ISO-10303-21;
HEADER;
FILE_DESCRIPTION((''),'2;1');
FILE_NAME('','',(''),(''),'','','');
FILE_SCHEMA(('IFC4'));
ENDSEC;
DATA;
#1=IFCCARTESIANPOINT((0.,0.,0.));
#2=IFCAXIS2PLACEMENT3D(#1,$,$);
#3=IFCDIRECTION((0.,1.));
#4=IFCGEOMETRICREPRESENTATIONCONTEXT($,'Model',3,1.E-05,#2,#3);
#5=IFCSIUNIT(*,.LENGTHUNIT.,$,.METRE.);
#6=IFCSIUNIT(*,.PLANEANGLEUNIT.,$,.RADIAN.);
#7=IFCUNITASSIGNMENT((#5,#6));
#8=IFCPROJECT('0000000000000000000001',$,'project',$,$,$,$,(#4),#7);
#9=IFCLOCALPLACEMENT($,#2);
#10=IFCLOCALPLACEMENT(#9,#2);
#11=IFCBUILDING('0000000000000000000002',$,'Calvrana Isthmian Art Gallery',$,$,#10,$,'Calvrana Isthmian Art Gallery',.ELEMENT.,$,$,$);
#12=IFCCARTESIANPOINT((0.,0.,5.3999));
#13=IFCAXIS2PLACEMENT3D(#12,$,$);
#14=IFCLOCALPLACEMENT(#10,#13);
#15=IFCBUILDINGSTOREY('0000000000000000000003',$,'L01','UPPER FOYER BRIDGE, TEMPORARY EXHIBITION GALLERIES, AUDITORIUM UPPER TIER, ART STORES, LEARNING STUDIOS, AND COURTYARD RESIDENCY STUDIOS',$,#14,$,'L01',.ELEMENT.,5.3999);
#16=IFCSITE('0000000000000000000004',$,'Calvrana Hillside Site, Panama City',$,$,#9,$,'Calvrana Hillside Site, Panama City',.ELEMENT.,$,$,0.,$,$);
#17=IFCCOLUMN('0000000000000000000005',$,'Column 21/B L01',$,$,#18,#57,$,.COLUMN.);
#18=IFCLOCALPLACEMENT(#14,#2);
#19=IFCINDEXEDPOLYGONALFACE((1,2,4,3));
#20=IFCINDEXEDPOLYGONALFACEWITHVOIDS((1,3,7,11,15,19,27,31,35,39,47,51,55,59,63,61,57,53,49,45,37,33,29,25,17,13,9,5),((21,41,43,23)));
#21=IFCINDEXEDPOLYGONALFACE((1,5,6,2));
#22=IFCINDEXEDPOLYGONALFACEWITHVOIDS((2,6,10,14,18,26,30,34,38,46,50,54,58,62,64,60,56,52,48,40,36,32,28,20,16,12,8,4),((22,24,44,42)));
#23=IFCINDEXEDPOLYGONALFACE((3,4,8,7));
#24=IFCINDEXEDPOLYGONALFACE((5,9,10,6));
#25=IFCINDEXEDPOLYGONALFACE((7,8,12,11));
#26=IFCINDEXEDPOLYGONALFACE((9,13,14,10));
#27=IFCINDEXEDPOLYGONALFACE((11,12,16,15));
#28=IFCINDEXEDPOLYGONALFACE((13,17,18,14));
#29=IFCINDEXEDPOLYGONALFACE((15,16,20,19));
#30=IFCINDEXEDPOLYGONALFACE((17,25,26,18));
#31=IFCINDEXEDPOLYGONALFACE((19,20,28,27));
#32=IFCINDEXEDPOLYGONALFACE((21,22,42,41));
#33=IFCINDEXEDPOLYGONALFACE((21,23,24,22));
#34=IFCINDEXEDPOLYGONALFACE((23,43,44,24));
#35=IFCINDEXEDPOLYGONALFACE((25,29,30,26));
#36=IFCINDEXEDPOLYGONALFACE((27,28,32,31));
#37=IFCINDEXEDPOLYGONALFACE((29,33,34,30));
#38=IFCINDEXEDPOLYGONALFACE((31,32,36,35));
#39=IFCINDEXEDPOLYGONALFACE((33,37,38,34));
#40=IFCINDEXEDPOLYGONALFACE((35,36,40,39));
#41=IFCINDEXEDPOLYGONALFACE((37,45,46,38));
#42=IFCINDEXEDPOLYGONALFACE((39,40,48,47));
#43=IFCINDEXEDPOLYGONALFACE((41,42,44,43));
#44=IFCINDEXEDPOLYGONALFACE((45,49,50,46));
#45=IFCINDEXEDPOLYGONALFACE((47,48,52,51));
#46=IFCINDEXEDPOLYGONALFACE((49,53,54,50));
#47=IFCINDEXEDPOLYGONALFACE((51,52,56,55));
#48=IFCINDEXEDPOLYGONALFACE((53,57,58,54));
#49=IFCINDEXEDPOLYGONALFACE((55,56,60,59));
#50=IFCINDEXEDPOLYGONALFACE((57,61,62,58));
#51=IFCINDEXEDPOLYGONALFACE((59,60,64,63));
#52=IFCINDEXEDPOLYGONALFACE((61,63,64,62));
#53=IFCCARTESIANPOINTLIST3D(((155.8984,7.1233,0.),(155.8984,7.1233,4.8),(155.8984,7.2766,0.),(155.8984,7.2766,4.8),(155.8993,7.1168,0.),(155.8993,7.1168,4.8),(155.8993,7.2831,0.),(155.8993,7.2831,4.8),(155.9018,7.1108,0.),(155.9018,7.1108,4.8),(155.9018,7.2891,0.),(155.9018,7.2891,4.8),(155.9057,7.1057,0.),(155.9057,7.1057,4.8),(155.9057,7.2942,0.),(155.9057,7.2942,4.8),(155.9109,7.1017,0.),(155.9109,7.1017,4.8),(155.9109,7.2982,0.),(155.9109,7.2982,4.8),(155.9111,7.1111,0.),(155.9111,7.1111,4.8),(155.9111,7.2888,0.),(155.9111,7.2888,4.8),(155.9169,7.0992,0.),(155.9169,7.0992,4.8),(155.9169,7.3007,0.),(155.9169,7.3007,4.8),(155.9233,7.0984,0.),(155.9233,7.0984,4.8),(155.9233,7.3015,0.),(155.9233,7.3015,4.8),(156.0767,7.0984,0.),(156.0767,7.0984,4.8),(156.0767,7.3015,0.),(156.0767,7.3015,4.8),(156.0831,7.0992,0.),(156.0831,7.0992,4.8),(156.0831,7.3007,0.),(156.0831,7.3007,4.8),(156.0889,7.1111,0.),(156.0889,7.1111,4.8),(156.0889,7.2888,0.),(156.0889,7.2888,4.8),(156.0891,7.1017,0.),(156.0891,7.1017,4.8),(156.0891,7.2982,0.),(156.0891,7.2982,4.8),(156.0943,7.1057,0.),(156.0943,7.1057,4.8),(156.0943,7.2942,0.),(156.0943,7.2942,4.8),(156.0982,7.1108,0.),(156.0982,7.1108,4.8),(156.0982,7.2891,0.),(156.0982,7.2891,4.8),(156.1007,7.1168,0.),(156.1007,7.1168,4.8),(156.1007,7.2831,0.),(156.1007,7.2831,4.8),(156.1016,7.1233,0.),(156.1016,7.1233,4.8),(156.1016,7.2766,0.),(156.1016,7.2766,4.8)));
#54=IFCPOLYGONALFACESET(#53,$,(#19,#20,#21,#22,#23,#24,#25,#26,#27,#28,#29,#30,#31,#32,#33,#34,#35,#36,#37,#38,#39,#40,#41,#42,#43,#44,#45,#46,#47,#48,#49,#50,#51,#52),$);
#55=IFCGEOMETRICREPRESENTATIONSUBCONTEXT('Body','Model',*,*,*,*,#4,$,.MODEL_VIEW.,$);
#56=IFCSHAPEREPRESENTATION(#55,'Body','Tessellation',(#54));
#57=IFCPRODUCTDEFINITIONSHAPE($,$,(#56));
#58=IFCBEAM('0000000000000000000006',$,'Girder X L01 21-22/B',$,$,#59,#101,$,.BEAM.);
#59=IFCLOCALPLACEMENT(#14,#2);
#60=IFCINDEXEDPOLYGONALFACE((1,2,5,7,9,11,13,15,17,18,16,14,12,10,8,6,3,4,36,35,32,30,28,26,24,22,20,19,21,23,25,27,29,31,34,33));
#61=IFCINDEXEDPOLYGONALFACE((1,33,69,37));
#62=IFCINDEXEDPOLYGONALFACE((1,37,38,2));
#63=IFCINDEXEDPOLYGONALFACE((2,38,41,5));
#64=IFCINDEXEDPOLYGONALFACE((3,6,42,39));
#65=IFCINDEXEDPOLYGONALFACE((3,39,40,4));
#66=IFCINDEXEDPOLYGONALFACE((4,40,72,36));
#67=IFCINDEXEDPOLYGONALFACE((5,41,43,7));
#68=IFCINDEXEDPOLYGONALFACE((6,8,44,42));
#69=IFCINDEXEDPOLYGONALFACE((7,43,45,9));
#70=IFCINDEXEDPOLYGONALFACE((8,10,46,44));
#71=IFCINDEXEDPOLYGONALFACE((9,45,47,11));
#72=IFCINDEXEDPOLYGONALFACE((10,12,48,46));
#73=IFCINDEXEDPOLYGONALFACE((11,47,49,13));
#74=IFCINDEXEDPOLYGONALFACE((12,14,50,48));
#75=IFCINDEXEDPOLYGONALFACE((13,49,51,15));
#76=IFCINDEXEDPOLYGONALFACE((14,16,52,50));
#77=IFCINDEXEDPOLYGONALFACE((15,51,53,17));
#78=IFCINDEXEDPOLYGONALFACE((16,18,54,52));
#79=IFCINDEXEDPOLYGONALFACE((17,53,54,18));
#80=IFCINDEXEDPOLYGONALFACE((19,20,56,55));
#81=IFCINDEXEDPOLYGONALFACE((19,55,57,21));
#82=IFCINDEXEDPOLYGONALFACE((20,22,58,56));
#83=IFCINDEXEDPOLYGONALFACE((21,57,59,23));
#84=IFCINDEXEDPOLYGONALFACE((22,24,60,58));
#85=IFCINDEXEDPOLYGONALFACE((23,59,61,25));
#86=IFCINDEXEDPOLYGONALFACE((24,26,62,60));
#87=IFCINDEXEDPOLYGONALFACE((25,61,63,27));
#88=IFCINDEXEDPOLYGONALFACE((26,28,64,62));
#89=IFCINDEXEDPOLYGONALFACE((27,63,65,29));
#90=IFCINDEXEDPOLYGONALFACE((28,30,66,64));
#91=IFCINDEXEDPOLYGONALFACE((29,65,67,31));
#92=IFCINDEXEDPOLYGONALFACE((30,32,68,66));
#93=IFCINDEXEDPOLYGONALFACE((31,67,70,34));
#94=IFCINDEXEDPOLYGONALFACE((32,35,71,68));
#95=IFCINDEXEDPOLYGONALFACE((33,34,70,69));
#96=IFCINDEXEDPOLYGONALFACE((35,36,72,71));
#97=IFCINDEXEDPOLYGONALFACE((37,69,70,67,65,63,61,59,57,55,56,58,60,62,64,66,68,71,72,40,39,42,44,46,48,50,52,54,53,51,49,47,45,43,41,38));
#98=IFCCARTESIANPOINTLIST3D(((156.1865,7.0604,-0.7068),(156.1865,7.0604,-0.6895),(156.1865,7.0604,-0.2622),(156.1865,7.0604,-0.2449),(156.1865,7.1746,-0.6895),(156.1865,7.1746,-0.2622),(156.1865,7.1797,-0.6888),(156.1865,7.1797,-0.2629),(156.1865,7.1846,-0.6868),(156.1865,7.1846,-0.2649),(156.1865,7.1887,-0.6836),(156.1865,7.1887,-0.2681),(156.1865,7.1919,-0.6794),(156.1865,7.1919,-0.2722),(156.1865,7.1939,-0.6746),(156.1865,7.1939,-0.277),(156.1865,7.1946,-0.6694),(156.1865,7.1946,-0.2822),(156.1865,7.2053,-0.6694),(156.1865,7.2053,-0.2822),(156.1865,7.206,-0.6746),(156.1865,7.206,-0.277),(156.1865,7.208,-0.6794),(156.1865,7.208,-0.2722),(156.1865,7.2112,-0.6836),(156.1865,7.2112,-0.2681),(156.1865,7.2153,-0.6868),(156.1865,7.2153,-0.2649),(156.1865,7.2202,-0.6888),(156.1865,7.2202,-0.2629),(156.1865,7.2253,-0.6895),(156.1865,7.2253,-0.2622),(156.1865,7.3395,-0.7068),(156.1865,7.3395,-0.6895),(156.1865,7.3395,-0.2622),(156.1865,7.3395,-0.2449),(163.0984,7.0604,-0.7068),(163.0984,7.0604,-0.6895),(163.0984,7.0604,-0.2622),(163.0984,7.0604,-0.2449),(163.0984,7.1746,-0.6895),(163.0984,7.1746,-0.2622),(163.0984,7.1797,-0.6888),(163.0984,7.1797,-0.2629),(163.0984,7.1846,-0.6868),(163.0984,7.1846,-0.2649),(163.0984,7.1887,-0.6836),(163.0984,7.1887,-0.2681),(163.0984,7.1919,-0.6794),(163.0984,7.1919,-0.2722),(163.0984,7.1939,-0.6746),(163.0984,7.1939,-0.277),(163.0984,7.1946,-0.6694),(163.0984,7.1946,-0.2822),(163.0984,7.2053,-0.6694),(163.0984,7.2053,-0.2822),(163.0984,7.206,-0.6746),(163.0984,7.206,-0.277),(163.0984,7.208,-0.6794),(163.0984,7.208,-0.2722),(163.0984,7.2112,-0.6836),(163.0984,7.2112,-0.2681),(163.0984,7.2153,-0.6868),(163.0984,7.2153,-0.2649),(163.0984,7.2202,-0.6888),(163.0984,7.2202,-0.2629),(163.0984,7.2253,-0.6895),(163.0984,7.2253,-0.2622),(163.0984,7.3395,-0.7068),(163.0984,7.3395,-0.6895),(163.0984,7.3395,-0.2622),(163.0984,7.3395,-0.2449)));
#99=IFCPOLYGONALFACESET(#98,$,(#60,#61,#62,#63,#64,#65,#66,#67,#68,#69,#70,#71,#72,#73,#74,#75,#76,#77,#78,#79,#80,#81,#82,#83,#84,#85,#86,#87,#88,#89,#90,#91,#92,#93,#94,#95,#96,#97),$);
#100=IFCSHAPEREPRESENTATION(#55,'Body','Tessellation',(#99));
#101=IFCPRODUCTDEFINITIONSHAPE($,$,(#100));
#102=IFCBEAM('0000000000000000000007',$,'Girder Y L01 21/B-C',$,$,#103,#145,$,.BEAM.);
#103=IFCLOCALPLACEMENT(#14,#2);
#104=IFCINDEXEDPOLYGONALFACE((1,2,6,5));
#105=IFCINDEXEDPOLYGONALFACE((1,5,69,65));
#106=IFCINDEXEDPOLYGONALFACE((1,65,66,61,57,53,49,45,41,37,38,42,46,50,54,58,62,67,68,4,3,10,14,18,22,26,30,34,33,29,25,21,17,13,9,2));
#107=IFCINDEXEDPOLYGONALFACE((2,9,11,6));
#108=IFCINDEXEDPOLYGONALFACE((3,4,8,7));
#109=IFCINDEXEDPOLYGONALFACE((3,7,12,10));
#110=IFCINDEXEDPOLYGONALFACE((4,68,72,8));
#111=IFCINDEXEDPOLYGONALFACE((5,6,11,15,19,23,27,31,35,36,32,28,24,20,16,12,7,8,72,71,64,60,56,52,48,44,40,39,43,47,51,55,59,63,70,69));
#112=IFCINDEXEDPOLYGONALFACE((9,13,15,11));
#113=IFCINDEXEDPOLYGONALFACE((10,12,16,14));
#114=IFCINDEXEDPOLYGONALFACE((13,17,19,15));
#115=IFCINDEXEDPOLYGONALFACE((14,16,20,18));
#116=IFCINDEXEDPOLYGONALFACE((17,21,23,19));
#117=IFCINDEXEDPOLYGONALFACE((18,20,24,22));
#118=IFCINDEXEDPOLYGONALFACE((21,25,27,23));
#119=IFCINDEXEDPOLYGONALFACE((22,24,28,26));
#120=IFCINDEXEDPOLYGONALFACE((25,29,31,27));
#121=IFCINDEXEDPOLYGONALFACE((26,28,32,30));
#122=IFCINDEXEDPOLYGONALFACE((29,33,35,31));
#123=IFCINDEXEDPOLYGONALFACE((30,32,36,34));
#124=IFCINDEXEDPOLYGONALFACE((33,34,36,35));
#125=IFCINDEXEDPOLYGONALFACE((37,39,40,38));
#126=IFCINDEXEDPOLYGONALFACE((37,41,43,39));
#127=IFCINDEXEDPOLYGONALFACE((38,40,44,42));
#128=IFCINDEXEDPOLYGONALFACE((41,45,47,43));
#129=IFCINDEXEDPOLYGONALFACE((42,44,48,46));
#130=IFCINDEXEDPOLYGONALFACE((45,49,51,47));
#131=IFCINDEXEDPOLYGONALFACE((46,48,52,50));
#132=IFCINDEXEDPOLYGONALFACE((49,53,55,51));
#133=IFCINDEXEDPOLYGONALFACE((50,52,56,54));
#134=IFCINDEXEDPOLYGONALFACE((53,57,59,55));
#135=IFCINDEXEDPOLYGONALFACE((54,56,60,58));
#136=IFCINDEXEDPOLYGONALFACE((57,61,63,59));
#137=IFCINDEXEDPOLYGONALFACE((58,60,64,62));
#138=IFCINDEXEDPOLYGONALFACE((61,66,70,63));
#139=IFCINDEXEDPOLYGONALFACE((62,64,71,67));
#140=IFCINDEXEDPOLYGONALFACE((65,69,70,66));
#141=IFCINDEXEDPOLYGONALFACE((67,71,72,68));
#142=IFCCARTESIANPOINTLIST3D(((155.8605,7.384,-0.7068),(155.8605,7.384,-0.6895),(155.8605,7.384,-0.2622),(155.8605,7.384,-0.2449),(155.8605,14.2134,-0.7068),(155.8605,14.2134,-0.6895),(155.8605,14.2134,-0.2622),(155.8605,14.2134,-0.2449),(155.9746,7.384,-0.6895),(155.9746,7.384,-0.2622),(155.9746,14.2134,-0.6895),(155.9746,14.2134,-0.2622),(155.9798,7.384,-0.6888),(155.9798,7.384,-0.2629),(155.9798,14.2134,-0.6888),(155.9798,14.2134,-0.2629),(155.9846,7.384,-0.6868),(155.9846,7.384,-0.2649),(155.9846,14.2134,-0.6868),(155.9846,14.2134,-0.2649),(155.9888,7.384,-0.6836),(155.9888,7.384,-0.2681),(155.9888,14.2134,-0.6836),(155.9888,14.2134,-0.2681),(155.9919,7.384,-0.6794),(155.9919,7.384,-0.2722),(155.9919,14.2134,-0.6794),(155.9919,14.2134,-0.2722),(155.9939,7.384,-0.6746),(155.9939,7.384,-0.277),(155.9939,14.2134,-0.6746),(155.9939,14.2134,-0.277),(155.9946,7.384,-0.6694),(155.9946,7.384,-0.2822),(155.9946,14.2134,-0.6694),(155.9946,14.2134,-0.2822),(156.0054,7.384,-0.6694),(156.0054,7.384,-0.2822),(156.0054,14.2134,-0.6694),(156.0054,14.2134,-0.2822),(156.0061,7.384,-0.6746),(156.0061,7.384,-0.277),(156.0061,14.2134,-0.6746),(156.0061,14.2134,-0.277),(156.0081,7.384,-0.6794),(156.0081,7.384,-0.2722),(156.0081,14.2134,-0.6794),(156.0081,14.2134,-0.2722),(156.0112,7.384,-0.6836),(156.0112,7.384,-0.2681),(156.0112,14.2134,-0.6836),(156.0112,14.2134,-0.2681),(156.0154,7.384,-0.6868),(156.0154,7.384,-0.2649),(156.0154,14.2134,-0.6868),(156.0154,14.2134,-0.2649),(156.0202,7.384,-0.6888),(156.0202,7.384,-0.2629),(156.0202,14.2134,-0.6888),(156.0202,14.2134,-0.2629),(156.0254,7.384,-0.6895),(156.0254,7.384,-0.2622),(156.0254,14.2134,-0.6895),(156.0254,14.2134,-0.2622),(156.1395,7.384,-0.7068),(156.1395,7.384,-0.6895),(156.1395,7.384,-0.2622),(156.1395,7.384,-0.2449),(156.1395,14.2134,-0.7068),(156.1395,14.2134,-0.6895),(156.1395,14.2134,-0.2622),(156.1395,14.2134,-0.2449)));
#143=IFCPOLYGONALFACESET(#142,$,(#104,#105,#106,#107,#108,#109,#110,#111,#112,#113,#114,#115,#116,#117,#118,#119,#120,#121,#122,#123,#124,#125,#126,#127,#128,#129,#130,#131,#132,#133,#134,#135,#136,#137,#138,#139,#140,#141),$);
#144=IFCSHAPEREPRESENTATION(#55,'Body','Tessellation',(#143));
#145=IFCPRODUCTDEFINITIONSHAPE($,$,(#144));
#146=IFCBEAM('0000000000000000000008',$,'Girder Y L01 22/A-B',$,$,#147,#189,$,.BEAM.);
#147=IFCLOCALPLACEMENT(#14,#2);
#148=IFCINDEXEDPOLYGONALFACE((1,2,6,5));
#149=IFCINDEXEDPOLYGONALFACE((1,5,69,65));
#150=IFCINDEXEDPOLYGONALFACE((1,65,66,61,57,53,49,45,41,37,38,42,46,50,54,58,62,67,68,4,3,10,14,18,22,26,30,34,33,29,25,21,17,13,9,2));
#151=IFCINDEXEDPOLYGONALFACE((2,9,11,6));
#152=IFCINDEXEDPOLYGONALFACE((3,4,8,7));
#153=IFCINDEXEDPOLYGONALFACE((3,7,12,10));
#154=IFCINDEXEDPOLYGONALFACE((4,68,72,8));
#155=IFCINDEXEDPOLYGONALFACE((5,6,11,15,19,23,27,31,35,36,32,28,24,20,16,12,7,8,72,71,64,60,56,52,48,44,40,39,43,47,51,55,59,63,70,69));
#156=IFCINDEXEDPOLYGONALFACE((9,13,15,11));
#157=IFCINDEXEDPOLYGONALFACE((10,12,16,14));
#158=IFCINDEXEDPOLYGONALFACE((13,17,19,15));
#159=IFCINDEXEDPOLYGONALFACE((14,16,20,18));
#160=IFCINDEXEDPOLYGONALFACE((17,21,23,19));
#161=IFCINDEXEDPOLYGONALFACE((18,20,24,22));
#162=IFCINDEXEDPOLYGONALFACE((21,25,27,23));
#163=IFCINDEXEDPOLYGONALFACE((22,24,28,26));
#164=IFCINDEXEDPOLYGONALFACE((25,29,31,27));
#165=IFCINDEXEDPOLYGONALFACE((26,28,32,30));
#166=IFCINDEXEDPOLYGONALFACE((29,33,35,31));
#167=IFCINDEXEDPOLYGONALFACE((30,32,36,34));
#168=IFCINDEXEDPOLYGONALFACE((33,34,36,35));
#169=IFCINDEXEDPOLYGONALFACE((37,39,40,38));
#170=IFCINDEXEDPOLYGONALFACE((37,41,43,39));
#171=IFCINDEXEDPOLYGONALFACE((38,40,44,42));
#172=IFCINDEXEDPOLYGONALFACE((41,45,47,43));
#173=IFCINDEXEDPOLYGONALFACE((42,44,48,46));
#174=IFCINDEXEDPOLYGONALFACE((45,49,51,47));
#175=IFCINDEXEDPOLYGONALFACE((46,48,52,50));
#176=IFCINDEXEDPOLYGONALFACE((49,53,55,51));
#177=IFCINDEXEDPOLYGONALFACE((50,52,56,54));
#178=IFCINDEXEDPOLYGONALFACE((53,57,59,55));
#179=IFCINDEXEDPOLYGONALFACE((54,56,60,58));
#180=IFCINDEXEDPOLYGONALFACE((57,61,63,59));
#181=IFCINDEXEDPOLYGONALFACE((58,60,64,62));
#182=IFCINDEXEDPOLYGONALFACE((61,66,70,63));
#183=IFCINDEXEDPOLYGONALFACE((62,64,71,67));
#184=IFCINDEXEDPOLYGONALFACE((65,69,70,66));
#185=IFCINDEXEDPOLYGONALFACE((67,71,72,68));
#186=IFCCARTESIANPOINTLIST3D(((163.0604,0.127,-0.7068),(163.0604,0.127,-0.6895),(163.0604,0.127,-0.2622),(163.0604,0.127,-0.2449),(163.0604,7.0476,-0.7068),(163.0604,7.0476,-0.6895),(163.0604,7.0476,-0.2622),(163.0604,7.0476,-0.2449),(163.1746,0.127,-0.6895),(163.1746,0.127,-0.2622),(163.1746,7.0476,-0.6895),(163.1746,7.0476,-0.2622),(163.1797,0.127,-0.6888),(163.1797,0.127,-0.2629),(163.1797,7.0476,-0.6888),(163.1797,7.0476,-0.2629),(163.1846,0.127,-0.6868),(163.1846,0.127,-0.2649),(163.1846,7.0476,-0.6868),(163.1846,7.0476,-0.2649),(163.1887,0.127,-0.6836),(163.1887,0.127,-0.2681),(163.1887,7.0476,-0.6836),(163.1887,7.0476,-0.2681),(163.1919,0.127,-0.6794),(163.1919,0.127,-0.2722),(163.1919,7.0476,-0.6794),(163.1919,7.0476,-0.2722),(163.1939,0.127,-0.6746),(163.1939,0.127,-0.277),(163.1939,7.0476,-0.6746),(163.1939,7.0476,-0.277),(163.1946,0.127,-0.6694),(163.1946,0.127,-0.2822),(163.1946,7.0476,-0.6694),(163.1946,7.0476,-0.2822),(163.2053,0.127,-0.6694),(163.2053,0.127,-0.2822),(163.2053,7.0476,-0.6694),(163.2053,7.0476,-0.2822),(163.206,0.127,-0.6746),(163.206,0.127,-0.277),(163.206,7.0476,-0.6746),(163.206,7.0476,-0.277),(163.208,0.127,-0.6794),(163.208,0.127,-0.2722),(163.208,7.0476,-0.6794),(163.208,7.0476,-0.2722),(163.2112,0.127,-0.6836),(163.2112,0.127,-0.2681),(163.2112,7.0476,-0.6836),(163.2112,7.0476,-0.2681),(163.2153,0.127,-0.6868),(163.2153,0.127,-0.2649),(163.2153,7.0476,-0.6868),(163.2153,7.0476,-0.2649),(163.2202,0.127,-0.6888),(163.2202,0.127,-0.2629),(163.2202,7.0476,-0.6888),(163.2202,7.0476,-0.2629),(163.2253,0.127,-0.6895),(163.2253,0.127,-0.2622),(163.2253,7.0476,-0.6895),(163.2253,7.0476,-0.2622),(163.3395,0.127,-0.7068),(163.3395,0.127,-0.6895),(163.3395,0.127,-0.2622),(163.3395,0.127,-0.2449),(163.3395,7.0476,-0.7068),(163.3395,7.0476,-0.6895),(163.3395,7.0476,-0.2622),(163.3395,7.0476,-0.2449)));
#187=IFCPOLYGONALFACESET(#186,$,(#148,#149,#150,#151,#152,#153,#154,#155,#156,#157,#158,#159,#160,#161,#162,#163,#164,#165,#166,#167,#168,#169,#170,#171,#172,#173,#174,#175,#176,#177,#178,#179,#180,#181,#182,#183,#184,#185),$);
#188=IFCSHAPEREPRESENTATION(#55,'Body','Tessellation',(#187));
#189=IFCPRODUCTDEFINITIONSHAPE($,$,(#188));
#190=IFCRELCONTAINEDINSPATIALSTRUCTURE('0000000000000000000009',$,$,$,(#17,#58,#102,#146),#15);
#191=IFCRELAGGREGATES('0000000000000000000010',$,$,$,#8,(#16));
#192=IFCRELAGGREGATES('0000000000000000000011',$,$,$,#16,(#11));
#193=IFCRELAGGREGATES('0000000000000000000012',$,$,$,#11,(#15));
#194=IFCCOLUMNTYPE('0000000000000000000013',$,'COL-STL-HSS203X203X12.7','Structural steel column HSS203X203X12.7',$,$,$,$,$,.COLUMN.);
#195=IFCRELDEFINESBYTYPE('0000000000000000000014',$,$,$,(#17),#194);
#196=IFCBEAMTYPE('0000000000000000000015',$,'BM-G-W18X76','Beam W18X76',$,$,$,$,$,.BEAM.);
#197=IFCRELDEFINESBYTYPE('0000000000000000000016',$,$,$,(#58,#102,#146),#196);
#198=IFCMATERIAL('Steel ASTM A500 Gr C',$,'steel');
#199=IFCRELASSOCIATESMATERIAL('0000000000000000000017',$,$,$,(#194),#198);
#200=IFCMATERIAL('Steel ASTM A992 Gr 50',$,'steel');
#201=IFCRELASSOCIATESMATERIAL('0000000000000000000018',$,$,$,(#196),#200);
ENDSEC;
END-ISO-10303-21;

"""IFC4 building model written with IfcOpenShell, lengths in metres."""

from ifc_helpers import new_model, si_unit, direction, frame, origin, origin_2d, place, context, subcontext, project, spatial, hollow_rectangle, i_section, extrude, material, material_profile, profile_set, type_object, element, save


model = new_model("IFC4")

# Units and contexts
model_context = context("Model", 3, precision=1e-05, world=origin(), true_north=direction((0.0, 1.0)))
body_context = subcontext(model_context, "Body", "Model", "MODEL_VIEW")
ifc_project = project(units=[si_unit("LENGTHUNIT", "METRE"), si_unit("PLANEANGLEUNIT", "RADIAN")], contexts=[model_context])

# Site, building, storey
site_placement = place(None, origin())
site = spatial("IfcSite", under=ifc_project, at=site_placement, Name="Calvrana Hillside Site, Panama City", LongName="Calvrana Hillside Site, Panama City", CompositionType="ELEMENT", RefElevation=0.0)
building_placement = place(site_placement, origin())
building = spatial("IfcBuilding", under=site, at=building_placement, Name="Calvrana Isthmian Art Gallery", LongName="Calvrana Isthmian Art Gallery", CompositionType="ELEMENT")
storey_placement = place(building_placement, frame((0.0, 0.0, 5.3999)))
storey = spatial("IfcBuildingStorey", under=building, at=storey_placement, Name="L01", Description="UPPER FOYER BRIDGE, TEMPORARY EXHIBITION GALLERIES, AUDITORIUM UPPER TIER, ART STORES, LEARNING STUDIOS, AND COURTYARD RESIDENCY STUDIOS", LongName="L01", CompositionType="ELEMENT", Elevation=5.3999)

# Column
ifc_material_1 = material(Name="Steel ASTM A500 Gr C", Category="steel")
ifc_material_profile_1 = material_profile(ifc_material_1, hollow_rectangle(XDim=0.2031, YDim=0.2031, WallThickness=0.0127, OuterFilletRadius=0.0249, at=origin_2d()), Name="HSS203X203X12.7")
ifc_profile_set_1 = profile_set([ifc_material_profile_1], Name="Steel ASTM A500 Gr C")
column_type = type_object("IfcColumnType", Name="COL-STL-HSS203X203X12.7", Description="Structural steel column HSS203X203X12.7", PredefinedType="COLUMN", material=ifc_profile_set_1)
column_placement = place(storey_placement, frame((156.0, 7.2, 0.0), z_axis=(0.0, 0.0, 1.0), x_axis=(1.0, 0.0, 0.0)))
element("IfcColumn", 1, at=column_placement, inside=storey, type_object=column_type, Name="Column 21/B L01", PredefinedType="COLUMN", context=body_context, shape_type="SweptSolid", body=[
    extrude(hollow_rectangle(XDim=0.2031, YDim=0.2031, WallThickness=0.0127, OuterFilletRadius=0.0249, at=origin_2d()), origin(), (0.0, 0.0, 1.0), 4.8),
])

# Beams
ifc_material_2 = material(Name="Steel ASTM A992 Gr 50", Category="steel")
ifc_material_profile_2 = material_profile(ifc_material_2, i_section(OverallWidth=0.2791, OverallDepth=0.4619, WebThickness=0.0107, FlangeThickness=0.0173, FilletRadius=0.02, at=origin_2d()), Name="W18X76")
ifc_profile_set_2 = profile_set([ifc_material_profile_2], Name="Steel ASTM A992 Gr 50")
beam_type_1 = type_object("IfcBeamType", Name="BM-G-W18X76", Description="Beam W18X76", PredefinedType="BEAM", material=ifc_profile_set_2)
beam_1_placement = place(storey_placement, frame((156.1865, 7.2, -0.4758), z_axis=(1.0, 0.0, 0.0), x_axis=(0.0, 1.0, 0.0)))
element("IfcBeam", 2, at=beam_1_placement, inside=storey, type_object=beam_type_1, Name="Girder X L01 21-22/B", PredefinedType="BEAM", context=body_context, shape_type="SweptSolid", body=[
    extrude(i_section(OverallWidth=0.2791, OverallDepth=0.4619, WebThickness=0.0107, FlangeThickness=0.0173, FilletRadius=0.02, at=origin_2d()), origin(), (0.0, 0.0, 1.0), 6.9119),
])
beam_2_placement = place(storey_placement, frame((156.0, 7.384, -0.4758), z_axis=(0.0, 1.0, 0.0), x_axis=(-1.0, 0.0, 0.0)))
element("IfcBeam", 3, at=beam_2_placement, inside=storey, type_object=beam_type_1, Name="Girder Y L01 21/B-C", PredefinedType="BEAM", context=body_context, shape_type="SweptSolid", body=[
    extrude(i_section(OverallWidth=0.2791, OverallDepth=0.4619, WebThickness=0.0107, FlangeThickness=0.0173, FilletRadius=0.02, at=origin_2d()), origin(), (0.0, 0.0, 1.0), 6.8293),
])
beam_3_placement = place(storey_placement, frame((163.2, 0.127, -0.4758), z_axis=(0.0, 1.0, 0.0), x_axis=(-1.0, 0.0, 0.0)))
element("IfcBeam", 4, at=beam_3_placement, inside=storey, type_object=beam_type_1, Name="Girder Y L01 22/A-B", PredefinedType="BEAM", context=body_context, shape_type="SweptSolid", body=[
    extrude(i_section(OverallWidth=0.2791, OverallDepth=0.4619, WebThickness=0.0107, FlangeThickness=0.0173, FilletRadius=0.02, at=origin_2d()), origin(), (0.0, 0.0, 1.0), 6.9207),
])

save(model, "model.ifc")
